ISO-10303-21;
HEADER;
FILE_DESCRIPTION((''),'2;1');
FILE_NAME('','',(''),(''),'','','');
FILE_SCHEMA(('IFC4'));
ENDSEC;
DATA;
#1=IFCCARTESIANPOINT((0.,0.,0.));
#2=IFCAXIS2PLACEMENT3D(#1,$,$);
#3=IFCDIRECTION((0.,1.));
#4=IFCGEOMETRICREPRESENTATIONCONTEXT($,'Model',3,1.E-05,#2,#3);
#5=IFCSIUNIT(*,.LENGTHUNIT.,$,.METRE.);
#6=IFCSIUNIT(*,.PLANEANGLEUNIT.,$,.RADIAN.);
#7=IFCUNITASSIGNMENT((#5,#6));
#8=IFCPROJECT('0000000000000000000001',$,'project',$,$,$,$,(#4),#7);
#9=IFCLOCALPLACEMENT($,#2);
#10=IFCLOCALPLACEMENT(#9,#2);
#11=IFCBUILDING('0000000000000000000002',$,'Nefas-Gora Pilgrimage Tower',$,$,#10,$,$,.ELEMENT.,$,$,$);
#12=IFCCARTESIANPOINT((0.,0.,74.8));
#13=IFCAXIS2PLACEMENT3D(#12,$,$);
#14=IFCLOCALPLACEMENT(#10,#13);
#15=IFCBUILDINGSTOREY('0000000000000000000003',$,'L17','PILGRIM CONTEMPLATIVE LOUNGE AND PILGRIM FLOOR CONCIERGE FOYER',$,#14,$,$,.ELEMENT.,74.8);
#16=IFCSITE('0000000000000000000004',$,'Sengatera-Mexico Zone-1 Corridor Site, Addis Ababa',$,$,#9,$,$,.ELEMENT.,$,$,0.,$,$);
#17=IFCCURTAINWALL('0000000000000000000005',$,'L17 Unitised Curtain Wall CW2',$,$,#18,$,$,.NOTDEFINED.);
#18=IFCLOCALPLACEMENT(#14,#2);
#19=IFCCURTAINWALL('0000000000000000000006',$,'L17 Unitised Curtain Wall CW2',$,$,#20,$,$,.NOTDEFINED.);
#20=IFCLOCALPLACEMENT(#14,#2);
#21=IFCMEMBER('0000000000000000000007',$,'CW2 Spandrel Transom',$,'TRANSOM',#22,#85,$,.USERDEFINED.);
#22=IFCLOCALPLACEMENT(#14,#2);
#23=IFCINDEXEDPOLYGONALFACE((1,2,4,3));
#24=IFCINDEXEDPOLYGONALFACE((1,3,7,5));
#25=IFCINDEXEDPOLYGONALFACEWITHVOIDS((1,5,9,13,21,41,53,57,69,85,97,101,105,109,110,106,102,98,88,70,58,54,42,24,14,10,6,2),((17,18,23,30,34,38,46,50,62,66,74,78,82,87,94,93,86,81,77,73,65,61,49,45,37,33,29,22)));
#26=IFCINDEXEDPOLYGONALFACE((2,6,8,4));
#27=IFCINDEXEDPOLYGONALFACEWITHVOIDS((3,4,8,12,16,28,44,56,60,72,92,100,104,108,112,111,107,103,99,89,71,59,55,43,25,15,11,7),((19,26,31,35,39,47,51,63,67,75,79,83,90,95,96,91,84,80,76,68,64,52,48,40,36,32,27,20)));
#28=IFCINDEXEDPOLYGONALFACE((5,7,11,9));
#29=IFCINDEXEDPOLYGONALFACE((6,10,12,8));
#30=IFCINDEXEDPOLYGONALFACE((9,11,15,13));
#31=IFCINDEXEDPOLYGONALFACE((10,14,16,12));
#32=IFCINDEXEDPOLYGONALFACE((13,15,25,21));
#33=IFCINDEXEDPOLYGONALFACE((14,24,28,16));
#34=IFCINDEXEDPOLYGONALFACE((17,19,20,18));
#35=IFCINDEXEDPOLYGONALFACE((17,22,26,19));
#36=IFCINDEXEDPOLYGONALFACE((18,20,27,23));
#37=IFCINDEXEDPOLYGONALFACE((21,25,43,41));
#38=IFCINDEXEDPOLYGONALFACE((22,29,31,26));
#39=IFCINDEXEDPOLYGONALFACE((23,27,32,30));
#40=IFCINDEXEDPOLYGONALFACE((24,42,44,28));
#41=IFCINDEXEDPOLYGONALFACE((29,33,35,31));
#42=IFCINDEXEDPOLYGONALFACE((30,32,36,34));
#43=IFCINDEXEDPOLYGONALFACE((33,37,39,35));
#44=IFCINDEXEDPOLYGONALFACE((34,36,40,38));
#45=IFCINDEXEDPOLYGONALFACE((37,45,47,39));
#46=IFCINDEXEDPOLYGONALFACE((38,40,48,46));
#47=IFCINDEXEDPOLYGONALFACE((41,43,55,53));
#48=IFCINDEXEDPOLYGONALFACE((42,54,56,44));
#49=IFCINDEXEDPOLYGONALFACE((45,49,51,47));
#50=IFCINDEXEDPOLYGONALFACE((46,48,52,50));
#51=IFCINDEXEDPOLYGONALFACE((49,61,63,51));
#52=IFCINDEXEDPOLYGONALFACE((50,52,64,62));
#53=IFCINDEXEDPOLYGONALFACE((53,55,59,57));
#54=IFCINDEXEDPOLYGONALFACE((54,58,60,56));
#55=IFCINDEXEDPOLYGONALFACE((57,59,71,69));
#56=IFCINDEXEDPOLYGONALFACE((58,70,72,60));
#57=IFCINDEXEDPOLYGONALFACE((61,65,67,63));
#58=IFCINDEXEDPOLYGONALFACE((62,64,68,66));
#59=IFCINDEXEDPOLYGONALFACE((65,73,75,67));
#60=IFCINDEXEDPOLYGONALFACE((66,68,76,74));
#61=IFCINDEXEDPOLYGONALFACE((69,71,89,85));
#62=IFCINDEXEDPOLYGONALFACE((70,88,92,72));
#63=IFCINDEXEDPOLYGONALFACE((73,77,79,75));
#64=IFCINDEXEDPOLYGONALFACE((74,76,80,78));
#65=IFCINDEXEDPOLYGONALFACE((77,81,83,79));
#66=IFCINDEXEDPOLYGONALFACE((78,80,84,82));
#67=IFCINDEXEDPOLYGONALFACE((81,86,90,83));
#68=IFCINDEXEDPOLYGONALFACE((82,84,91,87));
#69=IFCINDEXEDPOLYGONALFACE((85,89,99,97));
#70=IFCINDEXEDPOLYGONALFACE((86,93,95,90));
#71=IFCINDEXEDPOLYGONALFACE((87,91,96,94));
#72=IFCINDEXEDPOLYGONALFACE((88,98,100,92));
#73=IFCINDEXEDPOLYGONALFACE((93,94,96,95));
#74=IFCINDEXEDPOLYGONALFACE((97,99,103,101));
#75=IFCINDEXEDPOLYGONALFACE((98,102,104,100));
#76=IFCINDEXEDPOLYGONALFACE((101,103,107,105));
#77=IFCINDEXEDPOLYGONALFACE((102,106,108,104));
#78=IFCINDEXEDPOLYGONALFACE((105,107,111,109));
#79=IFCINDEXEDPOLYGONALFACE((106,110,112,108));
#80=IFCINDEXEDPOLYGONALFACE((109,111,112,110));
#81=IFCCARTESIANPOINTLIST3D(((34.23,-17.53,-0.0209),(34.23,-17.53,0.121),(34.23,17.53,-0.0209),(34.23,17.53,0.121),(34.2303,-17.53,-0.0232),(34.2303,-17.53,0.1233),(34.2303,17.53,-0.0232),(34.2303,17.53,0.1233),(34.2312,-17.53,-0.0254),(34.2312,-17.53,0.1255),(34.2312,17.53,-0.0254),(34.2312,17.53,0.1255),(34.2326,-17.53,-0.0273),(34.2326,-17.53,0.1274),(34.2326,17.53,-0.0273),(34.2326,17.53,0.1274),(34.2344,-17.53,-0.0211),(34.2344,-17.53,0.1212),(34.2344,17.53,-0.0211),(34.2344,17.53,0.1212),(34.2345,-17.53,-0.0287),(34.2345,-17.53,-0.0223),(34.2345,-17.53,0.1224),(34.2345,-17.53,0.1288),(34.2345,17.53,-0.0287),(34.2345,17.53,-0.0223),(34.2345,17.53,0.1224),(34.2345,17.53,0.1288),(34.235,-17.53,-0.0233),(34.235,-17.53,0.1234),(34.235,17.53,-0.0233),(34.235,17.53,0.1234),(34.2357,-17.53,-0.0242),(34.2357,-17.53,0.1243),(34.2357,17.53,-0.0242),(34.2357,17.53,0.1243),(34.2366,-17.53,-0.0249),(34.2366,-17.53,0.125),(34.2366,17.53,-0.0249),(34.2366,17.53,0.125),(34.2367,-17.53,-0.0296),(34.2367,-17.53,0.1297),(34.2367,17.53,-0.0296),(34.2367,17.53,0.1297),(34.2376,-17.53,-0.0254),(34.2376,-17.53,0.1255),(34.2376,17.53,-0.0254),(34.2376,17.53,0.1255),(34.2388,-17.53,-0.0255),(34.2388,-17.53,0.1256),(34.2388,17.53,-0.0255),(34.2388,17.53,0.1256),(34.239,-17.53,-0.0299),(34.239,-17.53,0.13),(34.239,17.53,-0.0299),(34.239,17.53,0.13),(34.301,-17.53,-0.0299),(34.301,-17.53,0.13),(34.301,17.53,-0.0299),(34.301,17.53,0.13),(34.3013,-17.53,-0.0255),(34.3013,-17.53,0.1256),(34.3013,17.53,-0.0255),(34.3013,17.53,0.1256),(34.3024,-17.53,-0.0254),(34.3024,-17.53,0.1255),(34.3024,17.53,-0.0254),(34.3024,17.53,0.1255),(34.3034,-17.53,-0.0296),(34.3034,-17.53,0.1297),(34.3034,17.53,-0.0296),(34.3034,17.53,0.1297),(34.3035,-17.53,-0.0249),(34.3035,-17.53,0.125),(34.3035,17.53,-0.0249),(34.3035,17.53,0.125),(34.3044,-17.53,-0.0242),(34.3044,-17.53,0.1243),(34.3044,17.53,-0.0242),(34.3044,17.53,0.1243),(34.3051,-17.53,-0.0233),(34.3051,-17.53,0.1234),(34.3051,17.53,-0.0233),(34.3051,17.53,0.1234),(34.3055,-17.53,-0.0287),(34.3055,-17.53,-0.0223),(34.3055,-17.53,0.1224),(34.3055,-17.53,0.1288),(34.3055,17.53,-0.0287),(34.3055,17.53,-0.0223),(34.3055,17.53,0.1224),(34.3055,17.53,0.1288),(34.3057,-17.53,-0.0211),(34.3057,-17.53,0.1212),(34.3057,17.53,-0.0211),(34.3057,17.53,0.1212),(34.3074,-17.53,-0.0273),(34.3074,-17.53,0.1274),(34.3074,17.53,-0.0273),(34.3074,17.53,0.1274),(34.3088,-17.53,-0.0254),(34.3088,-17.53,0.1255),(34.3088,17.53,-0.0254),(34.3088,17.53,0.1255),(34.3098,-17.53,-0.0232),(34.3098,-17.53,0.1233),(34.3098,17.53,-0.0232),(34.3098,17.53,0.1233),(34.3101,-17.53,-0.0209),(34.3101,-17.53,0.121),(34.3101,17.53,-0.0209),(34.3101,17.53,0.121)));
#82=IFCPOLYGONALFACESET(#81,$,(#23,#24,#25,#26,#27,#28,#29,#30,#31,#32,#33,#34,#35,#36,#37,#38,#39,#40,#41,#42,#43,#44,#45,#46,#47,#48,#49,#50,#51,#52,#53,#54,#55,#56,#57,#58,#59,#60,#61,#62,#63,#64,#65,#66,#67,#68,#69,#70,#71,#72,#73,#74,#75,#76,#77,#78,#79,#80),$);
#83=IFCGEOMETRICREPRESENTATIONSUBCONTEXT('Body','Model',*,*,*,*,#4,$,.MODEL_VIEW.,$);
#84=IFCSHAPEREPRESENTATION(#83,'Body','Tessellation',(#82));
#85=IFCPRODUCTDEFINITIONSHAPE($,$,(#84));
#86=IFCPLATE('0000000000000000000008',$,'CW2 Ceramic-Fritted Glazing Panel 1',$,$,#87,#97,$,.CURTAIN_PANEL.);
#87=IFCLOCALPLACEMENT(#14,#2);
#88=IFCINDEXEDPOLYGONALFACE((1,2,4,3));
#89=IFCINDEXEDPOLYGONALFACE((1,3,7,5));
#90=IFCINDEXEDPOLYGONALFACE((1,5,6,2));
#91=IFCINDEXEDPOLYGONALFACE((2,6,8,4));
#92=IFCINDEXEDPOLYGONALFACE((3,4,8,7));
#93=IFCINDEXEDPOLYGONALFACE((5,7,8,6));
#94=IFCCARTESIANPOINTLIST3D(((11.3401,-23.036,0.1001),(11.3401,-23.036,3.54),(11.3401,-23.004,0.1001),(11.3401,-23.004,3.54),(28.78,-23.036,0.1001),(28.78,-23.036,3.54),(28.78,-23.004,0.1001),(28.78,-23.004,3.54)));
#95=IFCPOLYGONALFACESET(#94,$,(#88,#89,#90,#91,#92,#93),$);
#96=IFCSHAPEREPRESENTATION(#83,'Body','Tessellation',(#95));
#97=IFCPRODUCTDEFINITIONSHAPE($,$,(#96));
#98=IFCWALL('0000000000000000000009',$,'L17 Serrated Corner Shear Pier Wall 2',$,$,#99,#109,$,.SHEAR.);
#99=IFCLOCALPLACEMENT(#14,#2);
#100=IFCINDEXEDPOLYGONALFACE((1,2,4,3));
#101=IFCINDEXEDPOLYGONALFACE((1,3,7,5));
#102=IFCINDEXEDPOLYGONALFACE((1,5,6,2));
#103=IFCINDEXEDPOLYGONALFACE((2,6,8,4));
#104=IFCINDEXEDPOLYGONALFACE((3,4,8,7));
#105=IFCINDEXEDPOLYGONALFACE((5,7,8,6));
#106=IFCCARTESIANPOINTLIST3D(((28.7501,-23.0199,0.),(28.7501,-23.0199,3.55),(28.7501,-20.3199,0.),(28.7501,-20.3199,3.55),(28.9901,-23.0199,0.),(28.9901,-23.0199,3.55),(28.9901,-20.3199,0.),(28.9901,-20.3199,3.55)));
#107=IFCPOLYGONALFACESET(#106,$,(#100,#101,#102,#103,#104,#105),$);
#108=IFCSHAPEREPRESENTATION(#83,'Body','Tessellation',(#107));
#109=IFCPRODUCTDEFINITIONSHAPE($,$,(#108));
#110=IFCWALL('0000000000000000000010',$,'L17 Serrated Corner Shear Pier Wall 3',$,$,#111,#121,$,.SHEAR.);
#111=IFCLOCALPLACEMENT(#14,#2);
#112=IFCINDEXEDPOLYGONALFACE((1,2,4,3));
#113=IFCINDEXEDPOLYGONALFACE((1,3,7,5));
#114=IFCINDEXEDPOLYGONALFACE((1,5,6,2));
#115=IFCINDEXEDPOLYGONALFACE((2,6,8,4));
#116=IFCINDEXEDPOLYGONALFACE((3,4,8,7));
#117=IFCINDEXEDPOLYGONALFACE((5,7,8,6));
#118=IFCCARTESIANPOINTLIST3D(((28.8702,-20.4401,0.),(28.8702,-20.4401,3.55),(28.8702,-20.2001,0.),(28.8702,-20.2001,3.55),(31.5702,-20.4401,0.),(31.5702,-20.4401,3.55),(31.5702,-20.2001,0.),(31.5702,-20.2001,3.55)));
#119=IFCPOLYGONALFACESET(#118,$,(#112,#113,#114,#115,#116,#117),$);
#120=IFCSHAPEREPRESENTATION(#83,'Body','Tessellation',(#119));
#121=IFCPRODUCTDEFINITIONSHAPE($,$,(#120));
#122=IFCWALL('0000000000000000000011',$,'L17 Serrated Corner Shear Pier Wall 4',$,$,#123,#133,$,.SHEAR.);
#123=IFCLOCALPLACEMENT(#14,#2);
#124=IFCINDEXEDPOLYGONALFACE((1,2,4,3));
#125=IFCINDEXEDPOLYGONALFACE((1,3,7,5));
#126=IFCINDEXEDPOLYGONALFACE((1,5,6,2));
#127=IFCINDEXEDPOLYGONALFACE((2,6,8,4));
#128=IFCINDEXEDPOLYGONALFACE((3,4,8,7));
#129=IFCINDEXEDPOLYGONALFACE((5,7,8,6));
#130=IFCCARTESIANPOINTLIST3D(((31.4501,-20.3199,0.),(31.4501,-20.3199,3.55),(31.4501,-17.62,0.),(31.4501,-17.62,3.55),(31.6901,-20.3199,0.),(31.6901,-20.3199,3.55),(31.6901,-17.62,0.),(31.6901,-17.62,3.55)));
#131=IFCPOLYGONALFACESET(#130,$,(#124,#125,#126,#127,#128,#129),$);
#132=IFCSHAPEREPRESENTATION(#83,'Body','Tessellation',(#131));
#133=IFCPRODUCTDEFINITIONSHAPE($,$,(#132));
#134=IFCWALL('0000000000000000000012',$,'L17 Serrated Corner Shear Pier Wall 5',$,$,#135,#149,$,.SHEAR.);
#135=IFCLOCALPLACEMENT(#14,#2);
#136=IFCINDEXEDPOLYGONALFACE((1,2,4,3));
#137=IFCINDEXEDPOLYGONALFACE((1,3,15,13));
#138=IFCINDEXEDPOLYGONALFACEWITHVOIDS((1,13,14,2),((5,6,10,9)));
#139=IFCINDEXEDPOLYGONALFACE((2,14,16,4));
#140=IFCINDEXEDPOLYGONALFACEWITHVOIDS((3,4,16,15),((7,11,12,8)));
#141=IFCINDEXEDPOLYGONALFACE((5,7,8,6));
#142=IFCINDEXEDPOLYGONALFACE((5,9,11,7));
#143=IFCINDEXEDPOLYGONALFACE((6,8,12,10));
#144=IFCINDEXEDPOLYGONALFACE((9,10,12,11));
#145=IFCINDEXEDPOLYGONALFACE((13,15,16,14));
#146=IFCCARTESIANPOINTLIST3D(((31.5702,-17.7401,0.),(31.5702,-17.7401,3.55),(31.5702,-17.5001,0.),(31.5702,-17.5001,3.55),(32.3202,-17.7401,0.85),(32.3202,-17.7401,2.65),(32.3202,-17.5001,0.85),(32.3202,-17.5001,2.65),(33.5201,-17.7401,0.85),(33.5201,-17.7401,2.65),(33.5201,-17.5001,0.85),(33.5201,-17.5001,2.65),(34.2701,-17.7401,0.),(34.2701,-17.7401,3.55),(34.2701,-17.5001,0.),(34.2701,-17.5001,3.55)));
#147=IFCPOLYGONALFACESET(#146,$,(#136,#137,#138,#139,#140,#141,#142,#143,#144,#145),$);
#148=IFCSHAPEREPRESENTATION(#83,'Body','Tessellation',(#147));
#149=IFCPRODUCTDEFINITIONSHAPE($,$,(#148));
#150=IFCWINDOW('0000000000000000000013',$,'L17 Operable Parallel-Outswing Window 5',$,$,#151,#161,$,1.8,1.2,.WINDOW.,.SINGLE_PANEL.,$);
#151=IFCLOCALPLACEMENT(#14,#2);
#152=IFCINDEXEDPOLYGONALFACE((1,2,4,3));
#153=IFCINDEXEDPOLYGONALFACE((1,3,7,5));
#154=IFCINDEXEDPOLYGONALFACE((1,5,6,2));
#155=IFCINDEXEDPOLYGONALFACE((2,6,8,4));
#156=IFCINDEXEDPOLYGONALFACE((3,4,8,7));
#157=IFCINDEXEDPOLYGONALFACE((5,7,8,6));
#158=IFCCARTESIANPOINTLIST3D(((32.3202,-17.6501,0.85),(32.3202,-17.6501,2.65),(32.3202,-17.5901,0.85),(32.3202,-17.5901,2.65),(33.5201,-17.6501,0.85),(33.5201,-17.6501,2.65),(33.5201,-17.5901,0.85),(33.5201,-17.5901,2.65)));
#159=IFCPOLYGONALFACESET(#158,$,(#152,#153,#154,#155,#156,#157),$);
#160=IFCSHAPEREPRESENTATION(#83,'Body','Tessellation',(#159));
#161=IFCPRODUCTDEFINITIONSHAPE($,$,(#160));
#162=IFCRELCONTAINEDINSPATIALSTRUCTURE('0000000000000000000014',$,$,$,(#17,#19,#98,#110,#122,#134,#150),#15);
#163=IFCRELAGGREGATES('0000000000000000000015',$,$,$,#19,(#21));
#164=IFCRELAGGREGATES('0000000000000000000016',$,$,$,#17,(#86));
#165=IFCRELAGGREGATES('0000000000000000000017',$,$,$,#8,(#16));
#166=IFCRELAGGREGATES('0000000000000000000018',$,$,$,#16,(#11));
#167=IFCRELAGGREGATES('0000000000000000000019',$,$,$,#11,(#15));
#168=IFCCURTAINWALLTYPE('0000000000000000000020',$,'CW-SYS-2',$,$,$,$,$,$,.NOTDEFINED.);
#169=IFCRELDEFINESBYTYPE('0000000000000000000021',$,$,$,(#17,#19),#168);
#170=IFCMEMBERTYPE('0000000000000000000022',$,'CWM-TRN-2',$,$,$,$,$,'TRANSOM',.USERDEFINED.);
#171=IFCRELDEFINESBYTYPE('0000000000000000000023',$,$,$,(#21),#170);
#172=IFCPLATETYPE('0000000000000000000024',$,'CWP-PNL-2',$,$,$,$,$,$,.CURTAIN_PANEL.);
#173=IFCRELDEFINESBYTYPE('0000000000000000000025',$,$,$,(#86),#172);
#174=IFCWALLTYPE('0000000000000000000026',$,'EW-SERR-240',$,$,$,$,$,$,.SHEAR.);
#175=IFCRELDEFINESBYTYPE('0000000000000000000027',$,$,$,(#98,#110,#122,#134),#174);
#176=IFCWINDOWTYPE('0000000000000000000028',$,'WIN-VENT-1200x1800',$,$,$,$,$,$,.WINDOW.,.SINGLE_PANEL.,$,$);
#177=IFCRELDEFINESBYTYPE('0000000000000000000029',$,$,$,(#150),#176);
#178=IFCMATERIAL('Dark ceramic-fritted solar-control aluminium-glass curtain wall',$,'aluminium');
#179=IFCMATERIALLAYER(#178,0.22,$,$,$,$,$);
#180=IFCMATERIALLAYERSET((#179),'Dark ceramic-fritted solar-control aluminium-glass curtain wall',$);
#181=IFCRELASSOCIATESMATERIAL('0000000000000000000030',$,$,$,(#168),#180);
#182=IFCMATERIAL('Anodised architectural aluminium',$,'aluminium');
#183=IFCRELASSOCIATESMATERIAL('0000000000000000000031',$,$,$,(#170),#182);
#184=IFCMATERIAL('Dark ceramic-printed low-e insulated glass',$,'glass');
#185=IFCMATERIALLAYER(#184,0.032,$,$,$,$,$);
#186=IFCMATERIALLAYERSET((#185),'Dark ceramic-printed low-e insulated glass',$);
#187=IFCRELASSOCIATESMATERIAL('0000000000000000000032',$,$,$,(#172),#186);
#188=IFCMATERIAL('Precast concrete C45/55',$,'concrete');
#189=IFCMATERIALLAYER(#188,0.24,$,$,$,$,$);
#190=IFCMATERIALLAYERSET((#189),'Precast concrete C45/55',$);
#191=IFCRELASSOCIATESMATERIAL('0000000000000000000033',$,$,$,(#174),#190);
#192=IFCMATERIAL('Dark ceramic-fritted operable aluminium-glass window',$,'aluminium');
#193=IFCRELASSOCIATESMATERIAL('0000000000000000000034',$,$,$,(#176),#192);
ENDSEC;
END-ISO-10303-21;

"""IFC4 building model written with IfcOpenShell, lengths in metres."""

from ifc_helpers import new_model, si_unit, direction, frame, frame_2d, origin, origin_2d, place, context, subcontext, project, spatial, rectangle, hollow_rectangle, extrude, source, transform, mapped, material, layer, layer_set, material_profile, profile_set, type_object, element, fill, aggregate, save


model = new_model("IFC4")

# Units and contexts
model_context = context("Model", 3, precision=1e-05, world=origin(), true_north=direction((0.0, 1.0)))
body_context = subcontext(model_context, "Body", "Model", "MODEL_VIEW")
ifc_project = project(units=[si_unit("LENGTHUNIT", "METRE"), si_unit("PLANEANGLEUNIT", "RADIAN")], contexts=[model_context])

# Site, building, storey
site_placement = place(None, origin())
site = spatial("IfcSite", under=ifc_project, at=site_placement, Name="Sengatera-Mexico Zone-1 Corridor Site, Addis Ababa", CompositionType="ELEMENT", RefElevation=0.0)
building_placement = place(site_placement, origin())
building = spatial("IfcBuilding", under=site, at=building_placement, Name="Nefas-Gora Pilgrimage Tower", CompositionType="ELEMENT")
storey_placement = place(building_placement, frame((0.0, 0.0, 74.8)))
storey = spatial("IfcBuildingStorey", under=building, at=storey_placement, Name="L17", Description="PILGRIM CONTEMPLATIVE LOUNGE AND PILGRIM FLOOR CONCIERGE FOYER", CompositionType="ELEMENT", Elevation=74.8)

# Curtain wall
ifc_material_1 = material(Name="Dark ceramic-fritted solar-control aluminium-glass curtain wall", Category="aluminium")
ifc_layer_1 = layer(ifc_material_1, 0.22)
ifc_layer_set_1 = layer_set([ifc_layer_1], Name="Dark ceramic-fritted solar-control aluminium-glass curtain wall")
curtain_wall_type = type_object("IfcCurtainWallType", Name="CW-SYS-2", PredefinedType="NOTDEFINED", material=ifc_layer_set_1)
curtain_wall_1_placement = place(storey_placement, origin())
curtain_wall_1 = element("IfcCurtainWall", 1, at=curtain_wall_1_placement, inside=storey, type_object=curtain_wall_type, Name="L17 Unitised Curtain Wall CW2", PredefinedType="NOTDEFINED")
ifc_material_2 = material(Name="Anodised architectural aluminium", Category="aluminium")

# Curtain wall, member
curtain_wall_2_placement = place(storey_placement, origin())
curtain_wall_2 = element("IfcCurtainWall", 2, at=curtain_wall_2_placement, inside=storey, type_object=curtain_wall_type, Name="L17 Unitised Curtain Wall CW2", PredefinedType="NOTDEFINED")
ifc_material_profile_1 = material_profile(ifc_material_2, hollow_rectangle(XDim=0.0801, YDim=0.1599, WallThickness=0.0044, InnerFilletRadius=0.0044, OuterFilletRadius=0.009, at=origin_2d()), Name="ALU TRANSOM 80x160")
ifc_profile_set_1 = profile_set([ifc_material_profile_1], Name="Anodised architectural aluminium")
member_type_1 = type_object("IfcMemberType", Name="CWM-TRN-2", ElementType="TRANSOM", PredefinedType="USERDEFINED", material=ifc_profile_set_1)
shared_shape_1 = source(origin(), body_context, "Body", "SweptSolid", [
    extrude(hollow_rectangle(XDim=0.0801, YDim=0.1599, WallThickness=0.0044, InnerFilletRadius=0.0044, OuterFilletRadius=0.009, at=origin_2d()), origin(), (0.0, 0.0, 1.0), 35.0601),
])
member_1_placement = place(storey_placement, frame((34.27, -17.53, 0.05), z_axis=(0.0, 1.0, 0.0), x_axis=(-1.0, 0.0, 0.0)))
member_1 = element("IfcMember", 3, at=member_1_placement, type_object=member_type_1, Name="CW2 Spandrel Transom", ObjectType="TRANSOM", PredefinedType="USERDEFINED", context=body_context, shape_type="MappedRepresentation", body=[
    mapped(shared_shape_1, transform((0.0, 0.0, 0.0), x_axis=(1.0, 0.0, 0.0), y_axis=(0.0, 1.0, 0.0), z_axis=(0.0, 0.0, 1.0), scale=1.0)),
])
aggregate(curtain_wall_2, [member_1])

# Plate
ifc_material_3 = material(Name="Dark ceramic-printed low-e insulated glass", Category="glass")
ifc_layer_2 = layer(ifc_material_3, 0.032)
ifc_layer_set_2 = layer_set([ifc_layer_2], Name="Dark ceramic-printed low-e insulated glass")
plate_type = type_object("IfcPlateType", Name="CWP-PNL-2", PredefinedType="CURTAIN_PANEL", material=ifc_layer_set_2)
shared_shape_2 = source(origin(), body_context, "Body", "SweptSolid", [
    extrude(rectangle(XDim=17.4399, YDim=0.032, at=origin_2d()), origin(), (0.0, 0.0, 1.0), 3.4399),
])
plate_placement = place(storey_placement, frame((20.0601, -23.02, 0.1001), z_axis=(0.0, 0.0, 1.0), x_axis=(1.0, 0.0, 0.0)))
plate = element("IfcPlate", 4, at=plate_placement, type_object=plate_type, Name="CW2 Ceramic-Fritted Glazing Panel 1", PredefinedType="CURTAIN_PANEL", context=body_context, shape_type="MappedRepresentation", body=[
    mapped(shared_shape_2, transform((0.0, 0.0, 0.0), x_axis=(1.0, 0.0, 0.0), y_axis=(0.0, 1.0, 0.0), z_axis=(0.0, 0.0, 1.0), scale=1.0)),
])
aggregate(curtain_wall_1, [plate])

# Walls
ifc_material_4 = material(Name="Precast concrete C45/55", Category="concrete")
ifc_layer_3 = layer(ifc_material_4, 0.24)
ifc_layer_set_3 = layer_set([ifc_layer_3], Name="Precast concrete C45/55")
wall_type_1 = type_object("IfcWallType", Name="EW-SERR-240", PredefinedType="SHEAR", material=ifc_layer_set_3)
shared_shape_3 = source(origin(), body_context, "Body", "SweptSolid", [
    extrude(rectangle(XDim=2.7, YDim=0.24, at=frame_2d((1.3501, 0.0))), origin(), (0.0, 0.0, 1.0), 3.55),
])
for number, where, z_axis, x_axis, name in (
    (5, (28.8701, -23.02, 0.0), (0.0, 0.0, 1.0), (0.0, 1.0, 0.0), "L17 Serrated Corner Shear Pier Wall 2"),
    (6, (28.8701, -20.3201, 0.0), (0.0, 0.0, 1.0), (1.0, 0.0, 0.0), "L17 Serrated Corner Shear Pier Wall 3"),
    (7, (31.5701, -20.3201, 0.0), (0.0, 0.0, 1.0), (0.0, 1.0, 0.0), "L17 Serrated Corner Shear Pier Wall 4"),
):
    element("IfcWall", number, at=place(storey_placement, frame(where, z_axis=z_axis, x_axis=x_axis)), inside=storey, type_object=wall_type_1, Name=name, PredefinedType="SHEAR", context=body_context, shape_type="MappedRepresentation", body=[
        mapped(shared_shape_3, transform((0.0, 0.0, 0.0), x_axis=(1.0, 0.0, 0.0), y_axis=(0.0, 1.0, 0.0), z_axis=(0.0, 0.0, 1.0), scale=1.0)),
    ])

# Wall, opening, window
wall_1_placement = place(storey_placement, frame((31.5701, -17.6201, 0.0), z_axis=(0.0, 0.0, 1.0), x_axis=(1.0, 0.0, 0.0)))
wall_1 = element("IfcWall", 8, at=wall_1_placement, inside=storey, type_object=wall_type_1, Name="L17 Serrated Corner Shear Pier Wall 5", PredefinedType="SHEAR", context=body_context, shape_type="MappedRepresentation", body=[
    mapped(shared_shape_3, transform((0.0, 0.0, 0.0), x_axis=(1.0, 0.0, 0.0), y_axis=(0.0, 1.0, 0.0), z_axis=(0.0, 0.0, 1.0), scale=1.0)),
])
opening_1_placement = place(wall_1_placement, frame((0.75, 0.0, 0.8501)))
opening_1 = element("IfcOpeningElement", 9, at=opening_1_placement, cuts=wall_1, PredefinedType="OPENING", context=body_context, shape_type="SweptSolid", body=[
    extrude(rectangle(XDim=1.2, YDim=1.8, at=frame_2d((0.6001, 0.8999))), frame((0.0, 0.1299, 0.0), z_axis=(0.0, -1.0, 0.0), x_axis=(1.0, 0.0, 0.0)), (0.0, 0.0, 1.0), 0.26),
])
ifc_material_5 = material(Name="Dark ceramic-fritted operable aluminium-glass window", Category="aluminium")
window_type = type_object("IfcWindowType", Name="WIN-VENT-1200x1800", PartitioningType="SINGLE_PANEL", PredefinedType="WINDOW", material=ifc_material_5)
shared_shape_4 = source(origin(), body_context, "Body", "SweptSolid", [
    extrude(rectangle(XDim=1.2, YDim=1.8, at=frame_2d((0.6001, 0.8999))), frame((0.0, 0.03, 0.0), z_axis=(0.0, -1.0, 0.0), x_axis=(1.0, 0.0, 0.0)), (0.0, 0.0, 1.0), 0.0601),
])
window_placement = place(opening_1_placement, origin())
window = element("IfcWindow", 10, at=window_placement, inside=storey, type_object=window_type, Name="L17 Operable Parallel-Outswing Window 5", OverallHeight=1.8, OverallWidth=1.2, PartitioningType="SINGLE_PANEL", PredefinedType="WINDOW", context=body_context, shape_type="MappedRepresentation", body=[
    mapped(shared_shape_4, transform((0.0, 0.0, 0.0), x_axis=(1.0, 0.0, 0.0), y_axis=(0.0, 1.0, 0.0), z_axis=(0.0, 0.0, 1.0), scale=1.0)),
])
fill(opening_1, window)

save(model, "model.ifc")
